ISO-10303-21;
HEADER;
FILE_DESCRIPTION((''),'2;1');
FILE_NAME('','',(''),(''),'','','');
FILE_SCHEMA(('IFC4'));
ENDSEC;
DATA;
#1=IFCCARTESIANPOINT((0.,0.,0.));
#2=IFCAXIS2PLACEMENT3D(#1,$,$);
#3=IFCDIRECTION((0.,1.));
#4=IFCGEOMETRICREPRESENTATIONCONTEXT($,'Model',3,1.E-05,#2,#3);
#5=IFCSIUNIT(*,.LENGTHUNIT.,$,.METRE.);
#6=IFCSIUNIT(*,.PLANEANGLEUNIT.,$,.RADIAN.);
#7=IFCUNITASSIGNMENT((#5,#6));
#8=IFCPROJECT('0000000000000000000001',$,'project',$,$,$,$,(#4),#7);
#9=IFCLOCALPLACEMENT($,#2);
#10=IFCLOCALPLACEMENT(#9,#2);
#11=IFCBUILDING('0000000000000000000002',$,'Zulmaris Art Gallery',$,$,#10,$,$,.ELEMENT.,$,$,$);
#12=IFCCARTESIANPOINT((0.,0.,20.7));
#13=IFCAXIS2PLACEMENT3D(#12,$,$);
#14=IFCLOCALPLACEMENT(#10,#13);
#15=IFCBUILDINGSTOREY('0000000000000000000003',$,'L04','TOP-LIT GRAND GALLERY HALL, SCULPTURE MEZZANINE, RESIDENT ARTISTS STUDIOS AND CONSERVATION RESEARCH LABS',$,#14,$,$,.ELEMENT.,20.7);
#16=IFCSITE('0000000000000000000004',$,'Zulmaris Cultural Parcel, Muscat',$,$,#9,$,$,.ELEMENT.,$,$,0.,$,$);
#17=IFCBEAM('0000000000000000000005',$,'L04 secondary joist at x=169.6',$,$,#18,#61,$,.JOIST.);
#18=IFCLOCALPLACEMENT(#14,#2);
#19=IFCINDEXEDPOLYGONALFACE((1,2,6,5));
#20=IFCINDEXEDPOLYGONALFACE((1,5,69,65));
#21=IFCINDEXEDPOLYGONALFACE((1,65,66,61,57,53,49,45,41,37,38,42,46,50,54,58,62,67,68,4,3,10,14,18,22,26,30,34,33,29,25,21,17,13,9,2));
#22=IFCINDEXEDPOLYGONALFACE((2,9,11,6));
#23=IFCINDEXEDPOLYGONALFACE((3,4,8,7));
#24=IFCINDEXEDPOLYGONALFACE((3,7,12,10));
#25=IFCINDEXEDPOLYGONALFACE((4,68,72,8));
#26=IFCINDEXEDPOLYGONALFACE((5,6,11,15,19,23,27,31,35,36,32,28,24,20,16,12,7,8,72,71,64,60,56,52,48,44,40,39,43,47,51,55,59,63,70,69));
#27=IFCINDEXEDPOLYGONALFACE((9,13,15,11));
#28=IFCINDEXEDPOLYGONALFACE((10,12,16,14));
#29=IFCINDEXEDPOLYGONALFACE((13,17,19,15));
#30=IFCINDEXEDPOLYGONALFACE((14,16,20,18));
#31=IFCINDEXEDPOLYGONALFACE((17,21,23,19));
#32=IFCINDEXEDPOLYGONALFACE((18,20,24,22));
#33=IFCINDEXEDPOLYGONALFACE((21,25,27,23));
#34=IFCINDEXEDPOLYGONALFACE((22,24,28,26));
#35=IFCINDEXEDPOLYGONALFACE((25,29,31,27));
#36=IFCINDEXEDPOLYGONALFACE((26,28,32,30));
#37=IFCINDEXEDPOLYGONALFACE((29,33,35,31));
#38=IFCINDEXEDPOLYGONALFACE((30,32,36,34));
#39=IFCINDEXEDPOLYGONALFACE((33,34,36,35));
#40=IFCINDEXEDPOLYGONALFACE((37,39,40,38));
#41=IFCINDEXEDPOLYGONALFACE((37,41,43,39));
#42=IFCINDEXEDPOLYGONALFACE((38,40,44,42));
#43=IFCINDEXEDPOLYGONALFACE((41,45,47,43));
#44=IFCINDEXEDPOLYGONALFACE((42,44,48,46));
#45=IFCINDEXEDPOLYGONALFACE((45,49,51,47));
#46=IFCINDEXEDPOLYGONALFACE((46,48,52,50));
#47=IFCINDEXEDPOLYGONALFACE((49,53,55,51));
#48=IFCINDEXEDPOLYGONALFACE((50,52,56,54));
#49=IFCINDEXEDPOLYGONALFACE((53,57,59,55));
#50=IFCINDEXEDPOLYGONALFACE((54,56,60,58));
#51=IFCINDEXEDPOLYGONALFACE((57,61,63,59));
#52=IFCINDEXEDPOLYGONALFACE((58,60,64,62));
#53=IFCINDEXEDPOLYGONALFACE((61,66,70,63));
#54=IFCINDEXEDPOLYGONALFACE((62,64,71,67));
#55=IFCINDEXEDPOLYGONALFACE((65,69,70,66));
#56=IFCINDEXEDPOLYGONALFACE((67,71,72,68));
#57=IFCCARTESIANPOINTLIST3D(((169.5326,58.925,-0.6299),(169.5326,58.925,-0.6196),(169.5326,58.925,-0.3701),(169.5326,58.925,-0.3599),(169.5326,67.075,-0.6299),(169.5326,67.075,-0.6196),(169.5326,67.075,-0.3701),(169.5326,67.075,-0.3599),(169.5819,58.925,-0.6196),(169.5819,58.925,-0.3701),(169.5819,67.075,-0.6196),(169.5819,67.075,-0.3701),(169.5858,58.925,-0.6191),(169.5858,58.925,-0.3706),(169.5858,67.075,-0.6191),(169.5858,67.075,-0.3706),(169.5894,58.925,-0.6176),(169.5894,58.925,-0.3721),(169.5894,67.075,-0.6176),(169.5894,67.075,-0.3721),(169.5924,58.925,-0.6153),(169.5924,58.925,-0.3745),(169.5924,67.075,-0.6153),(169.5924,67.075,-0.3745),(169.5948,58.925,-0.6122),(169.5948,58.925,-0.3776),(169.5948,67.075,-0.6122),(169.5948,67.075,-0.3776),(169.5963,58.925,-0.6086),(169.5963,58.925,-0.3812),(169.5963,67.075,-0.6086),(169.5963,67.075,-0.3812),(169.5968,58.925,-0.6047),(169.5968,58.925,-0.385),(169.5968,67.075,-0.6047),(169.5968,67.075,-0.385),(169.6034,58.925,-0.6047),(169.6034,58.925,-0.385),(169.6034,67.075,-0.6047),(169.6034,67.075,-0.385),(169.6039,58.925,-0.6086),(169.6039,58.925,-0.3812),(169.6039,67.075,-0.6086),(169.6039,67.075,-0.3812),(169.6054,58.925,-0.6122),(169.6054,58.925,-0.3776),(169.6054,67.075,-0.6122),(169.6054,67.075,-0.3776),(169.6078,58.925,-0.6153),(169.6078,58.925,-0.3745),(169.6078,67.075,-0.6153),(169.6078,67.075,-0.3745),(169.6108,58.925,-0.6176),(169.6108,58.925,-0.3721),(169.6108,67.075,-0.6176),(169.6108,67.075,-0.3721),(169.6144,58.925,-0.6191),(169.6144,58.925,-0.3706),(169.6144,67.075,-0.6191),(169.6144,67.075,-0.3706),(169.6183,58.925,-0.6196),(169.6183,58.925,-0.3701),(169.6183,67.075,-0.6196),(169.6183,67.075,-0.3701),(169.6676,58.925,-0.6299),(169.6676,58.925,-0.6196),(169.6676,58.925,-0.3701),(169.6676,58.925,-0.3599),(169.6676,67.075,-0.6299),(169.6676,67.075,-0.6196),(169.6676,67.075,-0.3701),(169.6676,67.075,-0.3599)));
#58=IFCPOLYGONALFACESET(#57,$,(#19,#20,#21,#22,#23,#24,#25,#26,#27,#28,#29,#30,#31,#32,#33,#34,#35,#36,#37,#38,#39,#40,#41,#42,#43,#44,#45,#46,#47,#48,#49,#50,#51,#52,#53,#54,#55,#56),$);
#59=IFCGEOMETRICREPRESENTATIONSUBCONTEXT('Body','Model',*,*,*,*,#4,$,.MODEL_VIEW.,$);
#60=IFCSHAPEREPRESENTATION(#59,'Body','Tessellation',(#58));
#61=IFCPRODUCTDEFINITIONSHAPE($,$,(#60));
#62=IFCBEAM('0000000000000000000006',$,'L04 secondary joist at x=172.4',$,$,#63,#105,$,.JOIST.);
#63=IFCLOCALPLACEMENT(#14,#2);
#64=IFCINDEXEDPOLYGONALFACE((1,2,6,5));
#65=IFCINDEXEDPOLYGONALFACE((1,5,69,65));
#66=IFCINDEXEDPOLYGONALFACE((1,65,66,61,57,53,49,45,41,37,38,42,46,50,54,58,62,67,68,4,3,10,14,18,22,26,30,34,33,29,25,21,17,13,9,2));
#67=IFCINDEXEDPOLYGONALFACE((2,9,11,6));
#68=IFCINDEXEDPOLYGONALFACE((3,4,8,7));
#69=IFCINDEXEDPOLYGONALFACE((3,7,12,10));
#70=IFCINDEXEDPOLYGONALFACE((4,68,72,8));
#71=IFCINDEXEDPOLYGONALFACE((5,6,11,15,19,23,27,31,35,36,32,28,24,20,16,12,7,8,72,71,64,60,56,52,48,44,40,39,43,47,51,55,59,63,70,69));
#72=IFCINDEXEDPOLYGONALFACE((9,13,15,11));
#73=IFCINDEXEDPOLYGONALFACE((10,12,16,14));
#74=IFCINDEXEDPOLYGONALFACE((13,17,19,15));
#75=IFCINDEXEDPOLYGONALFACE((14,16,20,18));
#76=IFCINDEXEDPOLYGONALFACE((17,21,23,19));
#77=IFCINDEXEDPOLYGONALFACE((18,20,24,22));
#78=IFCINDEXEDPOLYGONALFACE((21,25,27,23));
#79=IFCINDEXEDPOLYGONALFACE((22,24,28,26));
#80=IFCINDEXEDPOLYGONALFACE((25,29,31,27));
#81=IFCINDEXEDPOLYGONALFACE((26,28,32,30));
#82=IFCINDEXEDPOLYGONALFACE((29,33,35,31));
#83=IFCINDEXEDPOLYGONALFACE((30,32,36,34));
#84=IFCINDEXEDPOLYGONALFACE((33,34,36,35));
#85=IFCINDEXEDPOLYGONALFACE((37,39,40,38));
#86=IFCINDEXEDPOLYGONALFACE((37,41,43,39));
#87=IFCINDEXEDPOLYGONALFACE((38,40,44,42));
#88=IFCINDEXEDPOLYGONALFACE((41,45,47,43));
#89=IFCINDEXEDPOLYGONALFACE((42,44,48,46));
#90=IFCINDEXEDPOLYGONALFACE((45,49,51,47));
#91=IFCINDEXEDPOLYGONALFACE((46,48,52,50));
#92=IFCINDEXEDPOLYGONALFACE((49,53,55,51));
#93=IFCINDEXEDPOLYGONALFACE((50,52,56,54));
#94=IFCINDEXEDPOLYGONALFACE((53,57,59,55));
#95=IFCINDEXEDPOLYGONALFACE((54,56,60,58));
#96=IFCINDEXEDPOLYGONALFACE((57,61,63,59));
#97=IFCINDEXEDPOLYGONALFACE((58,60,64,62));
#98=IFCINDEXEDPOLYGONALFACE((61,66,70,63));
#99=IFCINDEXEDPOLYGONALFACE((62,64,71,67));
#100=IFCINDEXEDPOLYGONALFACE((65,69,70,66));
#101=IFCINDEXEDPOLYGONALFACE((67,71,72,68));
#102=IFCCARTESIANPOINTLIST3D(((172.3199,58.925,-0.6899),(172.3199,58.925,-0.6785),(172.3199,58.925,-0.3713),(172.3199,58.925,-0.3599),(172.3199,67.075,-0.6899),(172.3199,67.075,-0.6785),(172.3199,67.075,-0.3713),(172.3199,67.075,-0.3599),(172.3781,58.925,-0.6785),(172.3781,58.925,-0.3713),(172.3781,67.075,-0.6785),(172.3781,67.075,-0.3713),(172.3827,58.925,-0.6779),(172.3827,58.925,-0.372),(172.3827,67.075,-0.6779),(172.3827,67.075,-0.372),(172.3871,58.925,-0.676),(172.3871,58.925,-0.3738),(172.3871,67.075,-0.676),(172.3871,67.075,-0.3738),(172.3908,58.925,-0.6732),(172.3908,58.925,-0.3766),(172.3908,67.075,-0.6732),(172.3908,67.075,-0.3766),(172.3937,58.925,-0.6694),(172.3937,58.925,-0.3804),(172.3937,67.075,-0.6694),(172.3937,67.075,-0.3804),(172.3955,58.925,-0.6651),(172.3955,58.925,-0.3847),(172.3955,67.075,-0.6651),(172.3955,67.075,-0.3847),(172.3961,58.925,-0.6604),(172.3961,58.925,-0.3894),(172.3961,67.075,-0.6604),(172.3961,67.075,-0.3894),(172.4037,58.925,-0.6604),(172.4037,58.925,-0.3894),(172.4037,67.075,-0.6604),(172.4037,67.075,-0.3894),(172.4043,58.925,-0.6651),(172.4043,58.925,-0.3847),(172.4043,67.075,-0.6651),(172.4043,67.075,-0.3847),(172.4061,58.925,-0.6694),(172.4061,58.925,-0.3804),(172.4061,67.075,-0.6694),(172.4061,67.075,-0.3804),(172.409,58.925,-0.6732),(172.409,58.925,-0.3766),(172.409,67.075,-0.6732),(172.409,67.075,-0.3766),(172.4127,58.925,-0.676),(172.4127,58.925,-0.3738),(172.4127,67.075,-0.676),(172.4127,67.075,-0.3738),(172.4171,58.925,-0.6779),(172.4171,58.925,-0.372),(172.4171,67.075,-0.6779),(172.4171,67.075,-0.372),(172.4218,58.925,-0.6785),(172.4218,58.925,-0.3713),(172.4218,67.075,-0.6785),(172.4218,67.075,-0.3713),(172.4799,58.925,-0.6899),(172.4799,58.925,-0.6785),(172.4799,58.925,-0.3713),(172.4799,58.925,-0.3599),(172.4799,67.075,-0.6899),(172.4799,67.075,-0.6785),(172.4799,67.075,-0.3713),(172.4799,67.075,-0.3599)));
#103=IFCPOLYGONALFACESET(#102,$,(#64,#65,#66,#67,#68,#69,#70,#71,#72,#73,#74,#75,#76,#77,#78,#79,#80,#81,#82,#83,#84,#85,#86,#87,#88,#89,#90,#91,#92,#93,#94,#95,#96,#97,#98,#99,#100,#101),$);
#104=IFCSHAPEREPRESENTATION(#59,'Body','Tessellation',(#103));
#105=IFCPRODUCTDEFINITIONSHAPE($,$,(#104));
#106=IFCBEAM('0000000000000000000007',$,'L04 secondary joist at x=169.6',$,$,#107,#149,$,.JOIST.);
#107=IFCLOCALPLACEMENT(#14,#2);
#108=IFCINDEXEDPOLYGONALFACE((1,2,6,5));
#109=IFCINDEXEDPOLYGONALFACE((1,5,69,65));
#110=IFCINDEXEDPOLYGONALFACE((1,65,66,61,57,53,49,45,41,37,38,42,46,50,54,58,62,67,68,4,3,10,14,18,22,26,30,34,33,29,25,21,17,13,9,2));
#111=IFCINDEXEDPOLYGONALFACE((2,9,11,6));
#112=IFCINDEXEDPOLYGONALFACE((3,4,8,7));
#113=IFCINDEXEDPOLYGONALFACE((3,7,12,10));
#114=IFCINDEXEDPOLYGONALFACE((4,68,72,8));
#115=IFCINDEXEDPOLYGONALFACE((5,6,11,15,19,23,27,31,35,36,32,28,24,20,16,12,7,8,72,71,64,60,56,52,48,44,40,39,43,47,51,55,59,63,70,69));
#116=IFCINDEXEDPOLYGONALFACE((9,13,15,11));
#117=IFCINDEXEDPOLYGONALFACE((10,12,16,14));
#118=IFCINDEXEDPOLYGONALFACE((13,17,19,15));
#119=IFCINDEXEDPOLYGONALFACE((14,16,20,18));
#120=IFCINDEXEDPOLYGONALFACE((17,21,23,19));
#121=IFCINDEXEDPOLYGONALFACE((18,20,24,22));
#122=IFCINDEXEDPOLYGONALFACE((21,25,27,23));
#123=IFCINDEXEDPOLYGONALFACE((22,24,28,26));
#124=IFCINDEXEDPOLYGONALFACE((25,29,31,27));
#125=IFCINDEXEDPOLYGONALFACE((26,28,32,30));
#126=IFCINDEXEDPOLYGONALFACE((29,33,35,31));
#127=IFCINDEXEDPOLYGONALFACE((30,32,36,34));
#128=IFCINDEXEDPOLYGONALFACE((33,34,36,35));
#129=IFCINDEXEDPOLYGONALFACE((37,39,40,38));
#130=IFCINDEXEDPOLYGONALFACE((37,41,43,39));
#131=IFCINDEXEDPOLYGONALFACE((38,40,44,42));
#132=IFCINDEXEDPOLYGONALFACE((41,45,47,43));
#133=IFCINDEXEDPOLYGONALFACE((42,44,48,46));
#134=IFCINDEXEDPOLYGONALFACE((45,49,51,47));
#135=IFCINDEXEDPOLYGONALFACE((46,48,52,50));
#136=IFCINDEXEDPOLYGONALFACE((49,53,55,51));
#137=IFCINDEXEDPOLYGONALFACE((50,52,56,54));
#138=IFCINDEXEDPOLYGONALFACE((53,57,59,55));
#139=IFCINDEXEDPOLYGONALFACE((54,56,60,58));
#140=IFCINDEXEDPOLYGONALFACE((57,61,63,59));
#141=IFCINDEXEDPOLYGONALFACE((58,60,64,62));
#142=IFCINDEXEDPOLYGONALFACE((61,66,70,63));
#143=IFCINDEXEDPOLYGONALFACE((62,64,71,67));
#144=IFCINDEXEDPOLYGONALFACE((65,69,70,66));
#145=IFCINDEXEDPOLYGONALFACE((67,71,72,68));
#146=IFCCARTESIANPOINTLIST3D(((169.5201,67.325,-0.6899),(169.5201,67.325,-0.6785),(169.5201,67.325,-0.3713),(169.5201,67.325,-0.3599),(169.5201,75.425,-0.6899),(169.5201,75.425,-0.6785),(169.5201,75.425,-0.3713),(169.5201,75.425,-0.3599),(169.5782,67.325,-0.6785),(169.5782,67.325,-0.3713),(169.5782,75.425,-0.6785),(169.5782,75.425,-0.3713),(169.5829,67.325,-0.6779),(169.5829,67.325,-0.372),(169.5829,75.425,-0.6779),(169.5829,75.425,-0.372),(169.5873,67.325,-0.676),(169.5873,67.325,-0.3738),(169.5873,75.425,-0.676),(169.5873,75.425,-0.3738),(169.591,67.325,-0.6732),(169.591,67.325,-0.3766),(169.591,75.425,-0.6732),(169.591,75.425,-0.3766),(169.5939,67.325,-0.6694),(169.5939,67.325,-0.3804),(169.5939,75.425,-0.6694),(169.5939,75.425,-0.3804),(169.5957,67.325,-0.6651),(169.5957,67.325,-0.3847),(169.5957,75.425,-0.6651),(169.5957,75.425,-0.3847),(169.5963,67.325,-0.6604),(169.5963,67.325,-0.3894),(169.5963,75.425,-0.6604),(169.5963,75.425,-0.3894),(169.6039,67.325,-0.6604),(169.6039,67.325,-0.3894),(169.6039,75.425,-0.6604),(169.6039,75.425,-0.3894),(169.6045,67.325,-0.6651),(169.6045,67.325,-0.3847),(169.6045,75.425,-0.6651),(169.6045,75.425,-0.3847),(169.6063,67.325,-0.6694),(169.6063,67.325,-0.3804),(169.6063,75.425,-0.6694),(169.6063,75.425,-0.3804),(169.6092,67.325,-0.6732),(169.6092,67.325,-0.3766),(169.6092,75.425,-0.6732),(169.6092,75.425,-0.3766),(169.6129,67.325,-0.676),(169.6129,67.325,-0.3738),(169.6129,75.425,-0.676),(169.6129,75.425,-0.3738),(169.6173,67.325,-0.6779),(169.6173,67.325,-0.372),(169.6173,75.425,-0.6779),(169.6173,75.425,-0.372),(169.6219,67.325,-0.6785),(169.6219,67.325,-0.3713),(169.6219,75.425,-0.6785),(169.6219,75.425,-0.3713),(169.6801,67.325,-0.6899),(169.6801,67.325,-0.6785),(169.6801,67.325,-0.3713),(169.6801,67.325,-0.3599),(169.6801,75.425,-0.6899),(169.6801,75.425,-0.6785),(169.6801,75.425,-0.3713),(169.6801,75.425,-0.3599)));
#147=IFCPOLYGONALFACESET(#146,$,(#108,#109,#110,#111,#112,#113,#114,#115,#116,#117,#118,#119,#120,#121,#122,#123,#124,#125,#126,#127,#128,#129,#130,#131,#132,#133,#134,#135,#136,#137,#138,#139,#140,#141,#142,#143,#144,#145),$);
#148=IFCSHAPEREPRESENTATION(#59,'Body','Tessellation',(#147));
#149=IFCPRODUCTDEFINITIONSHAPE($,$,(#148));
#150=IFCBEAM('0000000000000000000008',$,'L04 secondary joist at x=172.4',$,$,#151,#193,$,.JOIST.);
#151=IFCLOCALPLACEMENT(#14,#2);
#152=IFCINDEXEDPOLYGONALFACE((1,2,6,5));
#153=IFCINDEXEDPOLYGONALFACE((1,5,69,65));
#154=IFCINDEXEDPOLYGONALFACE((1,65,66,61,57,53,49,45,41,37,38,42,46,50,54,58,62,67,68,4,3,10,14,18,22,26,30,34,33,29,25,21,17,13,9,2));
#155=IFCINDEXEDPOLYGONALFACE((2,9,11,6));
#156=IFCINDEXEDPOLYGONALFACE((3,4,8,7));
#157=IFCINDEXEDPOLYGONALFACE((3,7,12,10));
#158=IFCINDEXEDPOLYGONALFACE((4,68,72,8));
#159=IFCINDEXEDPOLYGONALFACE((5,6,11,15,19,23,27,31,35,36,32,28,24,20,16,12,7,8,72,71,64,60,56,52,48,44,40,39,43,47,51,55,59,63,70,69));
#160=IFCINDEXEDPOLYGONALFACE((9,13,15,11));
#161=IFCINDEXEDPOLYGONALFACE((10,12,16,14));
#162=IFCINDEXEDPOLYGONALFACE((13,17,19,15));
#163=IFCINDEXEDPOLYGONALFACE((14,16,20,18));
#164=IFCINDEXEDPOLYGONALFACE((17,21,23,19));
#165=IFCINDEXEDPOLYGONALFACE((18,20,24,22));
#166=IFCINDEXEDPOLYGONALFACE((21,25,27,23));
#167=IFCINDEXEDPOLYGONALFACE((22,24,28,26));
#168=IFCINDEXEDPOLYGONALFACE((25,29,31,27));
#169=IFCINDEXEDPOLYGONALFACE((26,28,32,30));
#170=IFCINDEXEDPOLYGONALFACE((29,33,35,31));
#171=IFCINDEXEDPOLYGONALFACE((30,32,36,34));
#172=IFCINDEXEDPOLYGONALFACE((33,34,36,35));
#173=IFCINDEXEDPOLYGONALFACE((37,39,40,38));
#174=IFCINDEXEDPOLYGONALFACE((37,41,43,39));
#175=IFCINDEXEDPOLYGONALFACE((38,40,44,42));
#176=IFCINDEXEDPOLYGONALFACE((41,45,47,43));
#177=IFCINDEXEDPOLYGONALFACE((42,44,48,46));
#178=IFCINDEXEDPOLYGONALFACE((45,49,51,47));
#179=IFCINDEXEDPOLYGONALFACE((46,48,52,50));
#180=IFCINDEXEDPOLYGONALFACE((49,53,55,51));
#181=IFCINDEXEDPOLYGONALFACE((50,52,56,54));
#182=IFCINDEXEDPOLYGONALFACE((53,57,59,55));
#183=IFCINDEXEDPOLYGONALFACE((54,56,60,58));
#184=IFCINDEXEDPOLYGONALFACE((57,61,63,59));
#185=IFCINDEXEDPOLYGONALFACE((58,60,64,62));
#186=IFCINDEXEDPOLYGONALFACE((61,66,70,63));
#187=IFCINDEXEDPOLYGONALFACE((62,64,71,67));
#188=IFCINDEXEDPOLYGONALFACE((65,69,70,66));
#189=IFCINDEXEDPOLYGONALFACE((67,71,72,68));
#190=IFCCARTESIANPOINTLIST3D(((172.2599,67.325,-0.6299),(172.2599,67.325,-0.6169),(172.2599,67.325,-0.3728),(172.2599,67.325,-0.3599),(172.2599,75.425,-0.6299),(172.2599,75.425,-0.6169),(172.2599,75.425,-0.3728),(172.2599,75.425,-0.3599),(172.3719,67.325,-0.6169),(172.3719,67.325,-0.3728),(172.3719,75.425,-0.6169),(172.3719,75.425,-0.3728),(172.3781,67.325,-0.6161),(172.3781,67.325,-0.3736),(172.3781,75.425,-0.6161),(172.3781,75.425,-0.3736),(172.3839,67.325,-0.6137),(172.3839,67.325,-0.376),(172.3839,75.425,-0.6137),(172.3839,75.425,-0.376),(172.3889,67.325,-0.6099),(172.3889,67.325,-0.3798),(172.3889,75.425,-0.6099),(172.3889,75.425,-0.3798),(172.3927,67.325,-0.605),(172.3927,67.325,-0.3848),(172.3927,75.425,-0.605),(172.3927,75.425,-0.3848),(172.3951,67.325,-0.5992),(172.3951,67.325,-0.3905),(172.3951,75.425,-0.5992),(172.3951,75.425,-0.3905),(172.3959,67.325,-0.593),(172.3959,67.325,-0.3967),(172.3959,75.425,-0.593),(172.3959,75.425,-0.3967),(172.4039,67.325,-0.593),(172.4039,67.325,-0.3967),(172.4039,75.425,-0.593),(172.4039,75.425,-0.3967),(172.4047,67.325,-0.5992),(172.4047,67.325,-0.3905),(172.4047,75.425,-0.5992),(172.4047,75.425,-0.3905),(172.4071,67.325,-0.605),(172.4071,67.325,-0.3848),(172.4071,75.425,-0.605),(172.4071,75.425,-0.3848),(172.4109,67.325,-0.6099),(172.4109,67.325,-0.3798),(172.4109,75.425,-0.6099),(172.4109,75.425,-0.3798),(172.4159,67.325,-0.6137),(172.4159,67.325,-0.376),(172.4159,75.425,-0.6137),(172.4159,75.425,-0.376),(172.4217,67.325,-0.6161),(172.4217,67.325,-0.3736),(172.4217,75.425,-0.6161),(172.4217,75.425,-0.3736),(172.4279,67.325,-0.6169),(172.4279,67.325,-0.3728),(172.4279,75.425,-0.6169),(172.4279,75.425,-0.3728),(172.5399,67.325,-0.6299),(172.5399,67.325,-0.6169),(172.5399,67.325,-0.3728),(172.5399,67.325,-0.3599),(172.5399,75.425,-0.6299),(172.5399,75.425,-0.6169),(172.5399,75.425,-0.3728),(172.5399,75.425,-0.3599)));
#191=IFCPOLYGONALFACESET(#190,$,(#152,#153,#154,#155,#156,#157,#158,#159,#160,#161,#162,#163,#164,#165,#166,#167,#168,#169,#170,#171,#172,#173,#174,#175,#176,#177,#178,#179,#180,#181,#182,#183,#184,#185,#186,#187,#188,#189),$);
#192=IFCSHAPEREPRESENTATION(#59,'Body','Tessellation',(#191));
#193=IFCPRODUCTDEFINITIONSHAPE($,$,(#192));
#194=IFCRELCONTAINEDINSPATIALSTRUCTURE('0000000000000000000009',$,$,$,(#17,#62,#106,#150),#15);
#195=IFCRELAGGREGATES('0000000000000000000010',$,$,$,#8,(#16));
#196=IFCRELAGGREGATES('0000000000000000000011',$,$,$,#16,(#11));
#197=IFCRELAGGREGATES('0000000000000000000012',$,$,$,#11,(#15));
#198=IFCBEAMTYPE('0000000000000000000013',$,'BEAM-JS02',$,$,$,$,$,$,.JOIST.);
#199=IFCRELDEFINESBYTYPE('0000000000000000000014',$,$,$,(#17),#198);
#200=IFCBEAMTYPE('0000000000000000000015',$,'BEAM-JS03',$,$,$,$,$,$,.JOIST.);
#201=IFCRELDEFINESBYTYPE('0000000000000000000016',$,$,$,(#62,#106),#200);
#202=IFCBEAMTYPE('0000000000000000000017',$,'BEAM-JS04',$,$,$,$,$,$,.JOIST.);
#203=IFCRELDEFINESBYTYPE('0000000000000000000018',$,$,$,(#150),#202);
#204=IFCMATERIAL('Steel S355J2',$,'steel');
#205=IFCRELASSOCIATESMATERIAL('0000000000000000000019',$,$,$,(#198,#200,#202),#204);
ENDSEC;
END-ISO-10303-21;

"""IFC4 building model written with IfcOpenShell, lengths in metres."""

from ifc_helpers import new_model, si_unit, direction, frame, origin, origin_2d, place, context, subcontext, project, spatial, i_section, extrude, material, material_profile, profile_set, type_object, element, save


model = new_model("IFC4")

# Units and contexts
model_context = context("Model", 3, precision=1e-05, world=origin(), true_north=direction((0.0, 1.0)))
body_context = subcontext(model_context, "Body", "Model", "MODEL_VIEW")
ifc_project = project(units=[si_unit("LENGTHUNIT", "METRE"), si_unit("PLANEANGLEUNIT", "RADIAN")], contexts=[model_context])

# Site, building, storey
site_placement = place(None, origin())
site = spatial("IfcSite", under=ifc_project, at=site_placement, Name="Zulmaris Cultural Parcel, Muscat", CompositionType="ELEMENT", RefElevation=0.0)
building_placement = place(site_placement, origin())
building = spatial("IfcBuilding", under=site, at=building_placement, Name="Zulmaris Art Gallery", CompositionType="ELEMENT")
storey_placement = place(building_placement, frame((0.0, 0.0, 20.7)))
storey = spatial("IfcBuildingStorey", under=building, at=storey_placement, Name="L04", Description="TOP-LIT GRAND GALLERY HALL, SCULPTURE MEZZANINE, RESIDENT ARTISTS STUDIOS AND CONSERVATION RESEARCH LABS", CompositionType="ELEMENT", Elevation=20.7)

# Beams
ifc_material_1 = material(Name="Steel S355J2", Category="steel")
ifc_material_profile_1 = material_profile(ifc_material_1, i_section(OverallWidth=0.135, OverallDepth=0.27, WebThickness=0.0066, FlangeThickness=0.0103, FilletRadius=0.0149, at=origin_2d()), Name="IPE 270")
ifc_profile_set_1 = profile_set([ifc_material_profile_1], Name="Steel S355J2")
beam_type_1 = type_object("IfcBeamType", Name="BEAM-JS02", PredefinedType="JOIST", material=ifc_profile_set_1)
beam_1_placement = place(storey_placement, frame((169.6001, 58.925, -0.4949), z_axis=(0.0, 1.0, 0.0), x_axis=(-1.0, 0.0, 0.0)))
element("IfcBeam", 1, at=beam_1_placement, inside=storey, type_object=beam_type_1, Name="L04 secondary joist at x=169.6", PredefinedType="JOIST", context=body_context, shape_type="SweptSolid", body=[
    extrude(i_section(OverallWidth=0.135, OverallDepth=0.27, WebThickness=0.0066, FlangeThickness=0.0103, FilletRadius=0.0149, at=origin_2d()), origin(), (0.0, 0.0, 1.0), 8.1499),
])
ifc_material_profile_2 = material_profile(ifc_material_1, i_section(OverallWidth=0.1599, OverallDepth=0.3301, WebThickness=0.0076, FlangeThickness=0.0115, FilletRadius=0.0181, at=origin_2d()), Name="IPE 330")
ifc_profile_set_2 = profile_set([ifc_material_profile_2], Name="Steel S355J2")
beam_type_2 = type_object("IfcBeamType", Name="BEAM-JS03", PredefinedType="JOIST", material=ifc_profile_set_2)
beam_2_placement = place(storey_placement, frame((172.3999, 58.925, -0.5249), z_axis=(0.0, 1.0, 0.0), x_axis=(-1.0, 0.0, 0.0)))
element("IfcBeam", 2, at=beam_2_placement, inside=storey, type_object=beam_type_2, Name="L04 secondary joist at x=172.4", PredefinedType="JOIST", context=body_context, shape_type="SweptSolid", body=[
    extrude(i_section(OverallWidth=0.1599, OverallDepth=0.3301, WebThickness=0.0076, FlangeThickness=0.0115, FilletRadius=0.0181, at=origin_2d()), origin(), (0.0, 0.0, 1.0), 8.1499),
])
beam_3_placement = place(storey_placement, frame((169.6001, 67.325, -0.5249), z_axis=(0.0, 1.0, 0.0), x_axis=(-1.0, 0.0, 0.0)))
element("IfcBeam", 3, at=beam_3_placement, inside=storey, type_object=beam_type_2, Name="L04 secondary joist at x=169.6", PredefinedType="JOIST", context=body_context, shape_type="SweptSolid", body=[
    extrude(i_section(OverallWidth=0.1599, OverallDepth=0.3301, WebThickness=0.0076, FlangeThickness=0.0115, FilletRadius=0.0181, at=origin_2d()), origin(), (0.0, 0.0, 1.0), 8.1001),
])
ifc_material_profile_3 = material_profile(ifc_material_1, i_section(OverallWidth=0.28, OverallDepth=0.27, WebThickness=0.0081, FlangeThickness=0.0129, FilletRadius=0.0239, at=origin_2d()), Name="HEA 280")
ifc_profile_set_3 = profile_set([ifc_material_profile_3], Name="Steel S355J2")
beam_type_3 = type_object("IfcBeamType", Name="BEAM-JS04", PredefinedType="JOIST", material=ifc_profile_set_3)
beam_4_placement = place(storey_placement, frame((172.3999, 67.325, -0.4949), z_axis=(0.0, 1.0, 0.0), x_axis=(-1.0, 0.0, 0.0)))
element("IfcBeam", 4, at=beam_4_placement, inside=storey, type_object=beam_type_3, Name="L04 secondary joist at x=172.4", PredefinedType="JOIST", context=body_context, shape_type="SweptSolid", body=[
    extrude(i_section(OverallWidth=0.28, OverallDepth=0.27, WebThickness=0.0081, FlangeThickness=0.0129, FilletRadius=0.0239, at=origin_2d()), origin(), (0.0, 0.0, 1.0), 8.1001),
])

save(model, "model.ifc")
